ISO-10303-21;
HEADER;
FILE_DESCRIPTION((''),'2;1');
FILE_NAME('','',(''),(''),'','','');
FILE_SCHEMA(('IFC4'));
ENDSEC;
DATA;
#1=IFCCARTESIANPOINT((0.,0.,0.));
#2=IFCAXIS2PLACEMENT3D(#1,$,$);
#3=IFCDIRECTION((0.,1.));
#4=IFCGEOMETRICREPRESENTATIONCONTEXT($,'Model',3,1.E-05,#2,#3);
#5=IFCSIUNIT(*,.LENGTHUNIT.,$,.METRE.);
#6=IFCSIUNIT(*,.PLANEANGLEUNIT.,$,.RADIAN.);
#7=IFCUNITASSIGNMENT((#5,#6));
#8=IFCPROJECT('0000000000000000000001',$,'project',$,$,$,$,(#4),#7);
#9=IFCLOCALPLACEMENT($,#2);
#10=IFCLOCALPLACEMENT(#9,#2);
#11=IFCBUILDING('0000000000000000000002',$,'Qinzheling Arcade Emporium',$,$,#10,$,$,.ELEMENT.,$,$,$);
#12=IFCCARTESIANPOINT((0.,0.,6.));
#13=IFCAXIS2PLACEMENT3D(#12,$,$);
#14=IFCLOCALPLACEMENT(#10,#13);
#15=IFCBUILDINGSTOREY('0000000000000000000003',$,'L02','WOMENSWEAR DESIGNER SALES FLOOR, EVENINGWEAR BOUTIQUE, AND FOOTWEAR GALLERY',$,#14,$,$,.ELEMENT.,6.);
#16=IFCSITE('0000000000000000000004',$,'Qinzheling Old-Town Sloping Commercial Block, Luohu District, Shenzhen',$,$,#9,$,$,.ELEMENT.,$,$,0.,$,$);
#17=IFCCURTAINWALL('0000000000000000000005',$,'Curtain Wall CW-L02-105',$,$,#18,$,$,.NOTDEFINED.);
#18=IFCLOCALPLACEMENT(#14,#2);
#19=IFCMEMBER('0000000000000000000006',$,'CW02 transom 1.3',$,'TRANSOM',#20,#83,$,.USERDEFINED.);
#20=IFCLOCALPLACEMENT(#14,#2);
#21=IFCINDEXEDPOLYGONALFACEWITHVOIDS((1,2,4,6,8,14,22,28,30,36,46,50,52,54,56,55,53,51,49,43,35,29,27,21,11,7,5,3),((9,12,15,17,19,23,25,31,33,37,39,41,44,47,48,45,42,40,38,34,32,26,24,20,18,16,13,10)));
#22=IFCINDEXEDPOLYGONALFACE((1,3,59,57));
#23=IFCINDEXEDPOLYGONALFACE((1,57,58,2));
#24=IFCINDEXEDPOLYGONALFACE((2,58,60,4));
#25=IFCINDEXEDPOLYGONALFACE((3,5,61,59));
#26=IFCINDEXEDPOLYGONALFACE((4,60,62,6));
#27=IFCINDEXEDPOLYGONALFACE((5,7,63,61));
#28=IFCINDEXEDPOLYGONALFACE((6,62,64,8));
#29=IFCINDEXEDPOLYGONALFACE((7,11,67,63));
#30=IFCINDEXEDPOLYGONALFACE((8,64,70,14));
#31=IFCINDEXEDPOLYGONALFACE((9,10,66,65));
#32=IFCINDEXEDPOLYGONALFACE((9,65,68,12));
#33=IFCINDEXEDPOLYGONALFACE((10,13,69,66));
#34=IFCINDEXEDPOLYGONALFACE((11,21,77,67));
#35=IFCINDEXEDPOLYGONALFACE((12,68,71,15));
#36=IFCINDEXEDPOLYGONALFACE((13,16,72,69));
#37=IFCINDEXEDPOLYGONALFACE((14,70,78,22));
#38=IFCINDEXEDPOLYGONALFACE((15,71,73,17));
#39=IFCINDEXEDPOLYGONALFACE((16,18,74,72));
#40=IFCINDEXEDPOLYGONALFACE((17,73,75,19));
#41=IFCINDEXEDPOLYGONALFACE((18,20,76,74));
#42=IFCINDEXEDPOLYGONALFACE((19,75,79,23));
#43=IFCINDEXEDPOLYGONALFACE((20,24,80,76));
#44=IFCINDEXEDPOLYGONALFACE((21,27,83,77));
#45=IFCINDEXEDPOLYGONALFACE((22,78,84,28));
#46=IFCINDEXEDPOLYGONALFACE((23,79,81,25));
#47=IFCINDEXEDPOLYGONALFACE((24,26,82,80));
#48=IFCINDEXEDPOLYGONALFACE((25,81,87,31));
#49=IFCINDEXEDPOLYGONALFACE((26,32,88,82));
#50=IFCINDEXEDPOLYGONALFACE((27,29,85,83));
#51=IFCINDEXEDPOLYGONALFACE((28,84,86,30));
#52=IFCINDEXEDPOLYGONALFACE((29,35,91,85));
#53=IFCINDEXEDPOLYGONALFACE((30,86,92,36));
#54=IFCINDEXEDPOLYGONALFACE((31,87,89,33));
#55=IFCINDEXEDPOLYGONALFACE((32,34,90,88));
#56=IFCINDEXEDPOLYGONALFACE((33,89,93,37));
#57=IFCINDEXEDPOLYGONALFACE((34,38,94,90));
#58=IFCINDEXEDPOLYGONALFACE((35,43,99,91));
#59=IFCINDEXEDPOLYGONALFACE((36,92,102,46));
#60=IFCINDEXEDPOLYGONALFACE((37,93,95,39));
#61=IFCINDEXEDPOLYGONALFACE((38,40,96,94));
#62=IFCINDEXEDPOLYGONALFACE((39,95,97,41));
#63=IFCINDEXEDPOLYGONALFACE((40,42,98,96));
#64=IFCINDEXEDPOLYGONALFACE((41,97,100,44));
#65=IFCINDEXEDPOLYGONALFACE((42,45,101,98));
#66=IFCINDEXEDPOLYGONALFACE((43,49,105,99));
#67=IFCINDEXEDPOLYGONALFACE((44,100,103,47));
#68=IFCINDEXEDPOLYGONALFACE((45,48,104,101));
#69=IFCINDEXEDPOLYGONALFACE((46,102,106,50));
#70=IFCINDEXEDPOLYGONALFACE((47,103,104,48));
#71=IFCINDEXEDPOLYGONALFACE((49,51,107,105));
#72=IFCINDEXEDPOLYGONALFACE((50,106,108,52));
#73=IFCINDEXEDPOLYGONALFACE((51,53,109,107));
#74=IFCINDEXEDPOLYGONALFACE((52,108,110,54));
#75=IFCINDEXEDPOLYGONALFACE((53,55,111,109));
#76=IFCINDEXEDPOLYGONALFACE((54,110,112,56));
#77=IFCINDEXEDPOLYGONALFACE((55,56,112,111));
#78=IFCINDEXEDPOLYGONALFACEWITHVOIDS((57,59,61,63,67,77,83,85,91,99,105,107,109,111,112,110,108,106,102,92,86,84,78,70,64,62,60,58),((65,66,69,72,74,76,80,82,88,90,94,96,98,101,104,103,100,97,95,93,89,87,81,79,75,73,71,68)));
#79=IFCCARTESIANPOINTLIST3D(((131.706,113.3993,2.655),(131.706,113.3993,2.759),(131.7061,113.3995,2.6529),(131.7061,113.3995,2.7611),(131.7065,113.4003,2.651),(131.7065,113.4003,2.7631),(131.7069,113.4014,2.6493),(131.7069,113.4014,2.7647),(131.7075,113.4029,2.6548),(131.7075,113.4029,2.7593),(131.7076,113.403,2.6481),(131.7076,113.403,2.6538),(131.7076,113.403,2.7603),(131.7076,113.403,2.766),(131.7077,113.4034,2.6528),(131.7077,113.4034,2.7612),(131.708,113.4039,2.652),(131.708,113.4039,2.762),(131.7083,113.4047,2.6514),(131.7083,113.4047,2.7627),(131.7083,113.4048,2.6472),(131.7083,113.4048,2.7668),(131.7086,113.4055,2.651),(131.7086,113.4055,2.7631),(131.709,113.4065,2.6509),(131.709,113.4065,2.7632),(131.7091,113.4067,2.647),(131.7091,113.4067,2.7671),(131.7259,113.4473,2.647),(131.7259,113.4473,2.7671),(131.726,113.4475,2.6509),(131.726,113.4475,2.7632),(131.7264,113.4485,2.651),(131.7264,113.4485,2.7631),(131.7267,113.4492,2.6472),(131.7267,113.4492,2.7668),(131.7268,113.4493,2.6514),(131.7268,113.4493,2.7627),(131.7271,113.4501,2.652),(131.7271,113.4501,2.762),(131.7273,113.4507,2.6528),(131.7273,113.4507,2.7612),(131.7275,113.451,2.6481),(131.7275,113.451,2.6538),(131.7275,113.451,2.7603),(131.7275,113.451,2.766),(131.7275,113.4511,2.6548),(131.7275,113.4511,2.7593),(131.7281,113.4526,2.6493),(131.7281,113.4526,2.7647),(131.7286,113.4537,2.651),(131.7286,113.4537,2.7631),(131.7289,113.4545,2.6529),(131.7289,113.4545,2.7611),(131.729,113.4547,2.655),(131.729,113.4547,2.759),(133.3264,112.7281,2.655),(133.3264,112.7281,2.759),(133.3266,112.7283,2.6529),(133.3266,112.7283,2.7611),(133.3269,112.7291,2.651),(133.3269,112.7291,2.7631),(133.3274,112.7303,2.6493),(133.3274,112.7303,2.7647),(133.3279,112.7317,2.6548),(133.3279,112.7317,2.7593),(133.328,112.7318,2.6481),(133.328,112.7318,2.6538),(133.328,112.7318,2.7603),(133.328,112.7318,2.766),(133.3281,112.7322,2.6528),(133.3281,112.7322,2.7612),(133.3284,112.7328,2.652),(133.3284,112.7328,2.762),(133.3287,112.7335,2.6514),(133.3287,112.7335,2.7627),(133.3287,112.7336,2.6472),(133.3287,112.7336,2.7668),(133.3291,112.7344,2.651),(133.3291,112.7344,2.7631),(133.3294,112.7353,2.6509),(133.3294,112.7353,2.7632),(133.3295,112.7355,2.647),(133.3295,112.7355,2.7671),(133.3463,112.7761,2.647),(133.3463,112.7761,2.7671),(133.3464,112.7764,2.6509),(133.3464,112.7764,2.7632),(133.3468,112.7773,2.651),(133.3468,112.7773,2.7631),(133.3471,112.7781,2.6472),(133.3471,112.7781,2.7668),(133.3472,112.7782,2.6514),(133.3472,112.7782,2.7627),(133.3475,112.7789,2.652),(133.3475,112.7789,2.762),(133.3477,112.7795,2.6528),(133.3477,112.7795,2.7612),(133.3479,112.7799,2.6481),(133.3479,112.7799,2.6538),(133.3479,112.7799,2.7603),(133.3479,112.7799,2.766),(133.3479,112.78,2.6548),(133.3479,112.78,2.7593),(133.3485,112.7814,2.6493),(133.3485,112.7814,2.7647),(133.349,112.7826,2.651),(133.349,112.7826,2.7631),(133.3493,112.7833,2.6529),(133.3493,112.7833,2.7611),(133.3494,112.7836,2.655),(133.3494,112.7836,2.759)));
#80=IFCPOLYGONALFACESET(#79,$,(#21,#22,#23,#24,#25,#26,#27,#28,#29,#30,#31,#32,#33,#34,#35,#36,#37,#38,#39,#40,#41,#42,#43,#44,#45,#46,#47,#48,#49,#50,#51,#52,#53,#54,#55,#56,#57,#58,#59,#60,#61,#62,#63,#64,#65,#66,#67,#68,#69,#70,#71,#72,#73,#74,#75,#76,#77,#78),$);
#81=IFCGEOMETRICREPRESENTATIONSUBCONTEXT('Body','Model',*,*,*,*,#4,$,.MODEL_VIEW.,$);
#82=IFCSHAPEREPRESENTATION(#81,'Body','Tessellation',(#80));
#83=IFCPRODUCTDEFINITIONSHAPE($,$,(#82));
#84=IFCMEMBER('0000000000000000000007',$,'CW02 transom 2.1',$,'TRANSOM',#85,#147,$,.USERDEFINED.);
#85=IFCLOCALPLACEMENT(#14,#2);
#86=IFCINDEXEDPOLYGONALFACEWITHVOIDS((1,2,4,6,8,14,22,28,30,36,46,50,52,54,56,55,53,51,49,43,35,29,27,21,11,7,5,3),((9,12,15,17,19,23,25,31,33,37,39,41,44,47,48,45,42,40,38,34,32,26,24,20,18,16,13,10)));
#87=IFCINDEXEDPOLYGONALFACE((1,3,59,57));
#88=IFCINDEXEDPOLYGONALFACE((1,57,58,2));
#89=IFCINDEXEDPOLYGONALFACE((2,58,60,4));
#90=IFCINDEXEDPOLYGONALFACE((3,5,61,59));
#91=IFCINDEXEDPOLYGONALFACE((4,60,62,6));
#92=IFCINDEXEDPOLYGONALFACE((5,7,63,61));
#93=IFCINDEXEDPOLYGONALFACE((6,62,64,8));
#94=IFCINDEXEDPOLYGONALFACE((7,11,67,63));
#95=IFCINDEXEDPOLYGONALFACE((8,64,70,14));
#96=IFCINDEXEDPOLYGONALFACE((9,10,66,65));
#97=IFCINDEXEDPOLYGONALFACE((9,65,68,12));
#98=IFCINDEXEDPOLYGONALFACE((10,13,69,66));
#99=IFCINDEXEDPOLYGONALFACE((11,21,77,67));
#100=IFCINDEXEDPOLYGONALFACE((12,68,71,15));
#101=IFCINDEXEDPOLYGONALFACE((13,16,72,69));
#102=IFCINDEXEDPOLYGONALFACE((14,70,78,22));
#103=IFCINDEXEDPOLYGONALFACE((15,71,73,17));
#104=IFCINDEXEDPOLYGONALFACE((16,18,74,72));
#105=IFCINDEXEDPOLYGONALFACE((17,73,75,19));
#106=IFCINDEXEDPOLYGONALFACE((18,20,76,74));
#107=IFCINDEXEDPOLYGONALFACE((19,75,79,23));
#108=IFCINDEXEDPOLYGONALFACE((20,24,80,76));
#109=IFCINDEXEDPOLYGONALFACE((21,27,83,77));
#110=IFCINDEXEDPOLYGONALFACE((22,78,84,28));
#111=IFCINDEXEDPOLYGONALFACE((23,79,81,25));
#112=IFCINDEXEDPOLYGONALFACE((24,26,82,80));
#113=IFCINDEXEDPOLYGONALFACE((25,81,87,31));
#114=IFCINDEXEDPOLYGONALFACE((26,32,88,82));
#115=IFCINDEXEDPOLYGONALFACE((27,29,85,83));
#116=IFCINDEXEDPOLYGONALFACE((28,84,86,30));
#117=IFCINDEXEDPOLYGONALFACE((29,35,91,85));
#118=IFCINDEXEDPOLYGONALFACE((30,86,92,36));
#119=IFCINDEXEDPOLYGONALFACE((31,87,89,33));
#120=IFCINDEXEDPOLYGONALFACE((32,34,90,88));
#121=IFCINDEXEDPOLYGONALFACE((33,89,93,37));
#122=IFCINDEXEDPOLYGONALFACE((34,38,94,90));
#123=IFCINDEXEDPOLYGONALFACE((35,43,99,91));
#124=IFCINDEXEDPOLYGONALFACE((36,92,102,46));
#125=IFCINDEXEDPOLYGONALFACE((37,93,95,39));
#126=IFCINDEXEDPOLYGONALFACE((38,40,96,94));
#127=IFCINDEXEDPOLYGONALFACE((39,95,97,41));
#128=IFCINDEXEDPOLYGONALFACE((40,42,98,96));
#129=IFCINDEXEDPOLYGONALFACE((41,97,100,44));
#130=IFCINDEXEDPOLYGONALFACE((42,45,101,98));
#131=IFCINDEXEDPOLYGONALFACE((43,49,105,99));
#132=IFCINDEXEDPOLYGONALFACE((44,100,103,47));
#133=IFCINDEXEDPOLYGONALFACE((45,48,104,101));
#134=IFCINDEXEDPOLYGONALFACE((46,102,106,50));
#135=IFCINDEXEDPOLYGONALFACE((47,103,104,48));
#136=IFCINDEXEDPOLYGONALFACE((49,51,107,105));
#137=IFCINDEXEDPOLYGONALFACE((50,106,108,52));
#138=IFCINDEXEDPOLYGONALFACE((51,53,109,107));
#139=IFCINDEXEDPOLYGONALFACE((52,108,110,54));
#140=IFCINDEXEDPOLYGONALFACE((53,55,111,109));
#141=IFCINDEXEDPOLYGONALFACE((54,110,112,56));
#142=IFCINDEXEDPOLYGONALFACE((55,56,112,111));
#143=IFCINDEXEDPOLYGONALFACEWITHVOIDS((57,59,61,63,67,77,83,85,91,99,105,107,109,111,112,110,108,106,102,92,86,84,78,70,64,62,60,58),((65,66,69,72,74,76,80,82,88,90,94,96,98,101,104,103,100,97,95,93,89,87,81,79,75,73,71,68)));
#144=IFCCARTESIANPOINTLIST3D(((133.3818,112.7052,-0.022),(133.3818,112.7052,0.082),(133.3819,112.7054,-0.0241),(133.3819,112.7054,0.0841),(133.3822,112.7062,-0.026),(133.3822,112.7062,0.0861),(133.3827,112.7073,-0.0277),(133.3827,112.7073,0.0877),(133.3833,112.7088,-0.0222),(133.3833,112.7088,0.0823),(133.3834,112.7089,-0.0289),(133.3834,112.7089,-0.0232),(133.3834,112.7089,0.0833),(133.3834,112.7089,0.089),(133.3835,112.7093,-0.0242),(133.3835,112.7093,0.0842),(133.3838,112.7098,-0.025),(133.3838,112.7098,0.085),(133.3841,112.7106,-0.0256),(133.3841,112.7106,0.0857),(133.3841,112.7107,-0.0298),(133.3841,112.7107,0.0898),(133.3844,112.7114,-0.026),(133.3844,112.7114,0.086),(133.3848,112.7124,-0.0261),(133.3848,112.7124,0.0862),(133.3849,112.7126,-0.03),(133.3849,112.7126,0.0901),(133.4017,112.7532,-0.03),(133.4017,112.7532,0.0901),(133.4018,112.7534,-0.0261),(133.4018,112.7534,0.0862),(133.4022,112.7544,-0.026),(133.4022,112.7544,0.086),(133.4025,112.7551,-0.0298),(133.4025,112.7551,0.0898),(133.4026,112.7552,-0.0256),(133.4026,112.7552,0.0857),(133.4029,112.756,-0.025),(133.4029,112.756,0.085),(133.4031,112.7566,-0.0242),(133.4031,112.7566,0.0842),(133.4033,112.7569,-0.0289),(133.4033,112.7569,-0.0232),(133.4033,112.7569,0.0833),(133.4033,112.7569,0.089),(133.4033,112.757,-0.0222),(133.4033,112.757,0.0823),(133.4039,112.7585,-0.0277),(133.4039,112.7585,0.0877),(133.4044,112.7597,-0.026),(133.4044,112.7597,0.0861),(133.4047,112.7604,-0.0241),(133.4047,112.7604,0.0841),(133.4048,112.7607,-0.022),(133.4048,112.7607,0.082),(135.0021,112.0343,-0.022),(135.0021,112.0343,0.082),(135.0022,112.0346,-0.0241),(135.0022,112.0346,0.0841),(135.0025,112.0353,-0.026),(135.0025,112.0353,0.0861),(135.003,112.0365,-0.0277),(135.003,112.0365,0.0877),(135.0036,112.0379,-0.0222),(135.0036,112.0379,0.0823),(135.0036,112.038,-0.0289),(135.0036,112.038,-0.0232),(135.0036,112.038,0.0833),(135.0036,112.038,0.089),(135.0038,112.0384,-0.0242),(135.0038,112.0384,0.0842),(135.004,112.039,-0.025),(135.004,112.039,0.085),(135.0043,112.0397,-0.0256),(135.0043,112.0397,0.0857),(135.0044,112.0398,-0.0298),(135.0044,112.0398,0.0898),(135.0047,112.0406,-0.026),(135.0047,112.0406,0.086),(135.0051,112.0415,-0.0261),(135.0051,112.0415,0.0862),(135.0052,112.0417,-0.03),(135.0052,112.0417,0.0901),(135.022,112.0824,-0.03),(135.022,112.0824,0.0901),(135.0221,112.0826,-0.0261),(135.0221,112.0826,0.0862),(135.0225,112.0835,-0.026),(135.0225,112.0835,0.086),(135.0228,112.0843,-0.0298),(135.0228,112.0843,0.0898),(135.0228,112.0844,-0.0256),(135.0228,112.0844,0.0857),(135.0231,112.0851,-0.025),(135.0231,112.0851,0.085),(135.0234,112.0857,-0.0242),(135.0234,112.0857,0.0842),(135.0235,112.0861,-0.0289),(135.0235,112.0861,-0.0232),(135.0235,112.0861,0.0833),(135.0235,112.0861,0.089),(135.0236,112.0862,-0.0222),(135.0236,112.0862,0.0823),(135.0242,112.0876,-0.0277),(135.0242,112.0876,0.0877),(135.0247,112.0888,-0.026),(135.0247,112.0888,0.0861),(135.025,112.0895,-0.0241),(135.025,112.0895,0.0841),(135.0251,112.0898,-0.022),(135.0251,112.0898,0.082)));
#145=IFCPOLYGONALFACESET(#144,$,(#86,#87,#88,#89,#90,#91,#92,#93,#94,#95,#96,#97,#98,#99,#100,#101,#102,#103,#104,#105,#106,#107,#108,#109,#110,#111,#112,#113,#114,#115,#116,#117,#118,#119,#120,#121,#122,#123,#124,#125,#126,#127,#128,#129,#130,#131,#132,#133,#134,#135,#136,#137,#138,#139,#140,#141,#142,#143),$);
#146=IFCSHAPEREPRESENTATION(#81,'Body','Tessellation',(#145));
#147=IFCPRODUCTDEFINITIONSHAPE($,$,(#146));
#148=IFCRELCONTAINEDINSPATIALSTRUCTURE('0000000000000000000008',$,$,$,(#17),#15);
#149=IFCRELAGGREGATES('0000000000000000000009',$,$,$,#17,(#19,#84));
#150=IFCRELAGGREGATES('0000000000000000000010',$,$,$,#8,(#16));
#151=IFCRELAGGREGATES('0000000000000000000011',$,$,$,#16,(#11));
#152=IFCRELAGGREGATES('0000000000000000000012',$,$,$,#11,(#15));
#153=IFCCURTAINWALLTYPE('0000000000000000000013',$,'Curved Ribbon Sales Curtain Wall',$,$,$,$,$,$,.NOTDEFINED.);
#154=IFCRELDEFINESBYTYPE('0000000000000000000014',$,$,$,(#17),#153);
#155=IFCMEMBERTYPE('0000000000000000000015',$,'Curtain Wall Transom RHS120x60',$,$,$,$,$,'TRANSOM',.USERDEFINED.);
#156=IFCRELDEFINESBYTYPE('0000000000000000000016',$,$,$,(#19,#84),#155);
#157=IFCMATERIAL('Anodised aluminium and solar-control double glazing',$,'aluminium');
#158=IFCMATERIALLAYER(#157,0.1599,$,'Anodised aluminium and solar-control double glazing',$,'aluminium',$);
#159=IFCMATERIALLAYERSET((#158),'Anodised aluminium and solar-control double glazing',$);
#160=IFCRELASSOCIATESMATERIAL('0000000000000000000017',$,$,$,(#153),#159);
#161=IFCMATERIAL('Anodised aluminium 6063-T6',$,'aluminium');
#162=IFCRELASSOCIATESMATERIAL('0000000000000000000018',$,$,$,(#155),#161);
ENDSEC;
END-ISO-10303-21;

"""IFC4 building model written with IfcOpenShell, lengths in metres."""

from ifc_helpers import new_model, si_unit, direction, frame, origin, origin_2d, place, context, subcontext, project, spatial, hollow_rectangle, extrude, material, layer, layer_set, material_profile, profile_set, type_object, element, aggregate, save


model = new_model("IFC4")

# Units and contexts
model_context = context("Model", 3, precision=1e-05, world=origin(), true_north=direction((0.0, 1.0)))
body_context = subcontext(model_context, "Body", "Model", "MODEL_VIEW")
ifc_project = project(units=[si_unit("LENGTHUNIT", "METRE"), si_unit("PLANEANGLEUNIT", "RADIAN")], contexts=[model_context])

# Site, building, storey
site_placement = place(None, origin())
site = spatial("IfcSite", under=ifc_project, at=site_placement, Name="Qinzheling Old-Town Sloping Commercial Block, Luohu District, Shenzhen", CompositionType="ELEMENT", RefElevation=0.0)
building_placement = place(site_placement, origin())
building = spatial("IfcBuilding", under=site, at=building_placement, Name="Qinzheling Arcade Emporium", CompositionType="ELEMENT")
storey_placement = place(building_placement, frame((0.0, 0.0, 6.0)))
storey = spatial("IfcBuildingStorey", under=building, at=storey_placement, Name="L02", Description="WOMENSWEAR DESIGNER SALES FLOOR, EVENINGWEAR BOUTIQUE, AND FOOTWEAR GALLERY", CompositionType="ELEMENT", Elevation=6.0)

# Curtain wall
ifc_material_1 = material(Name="Anodised aluminium and solar-control double glazing", Category="aluminium")
ifc_layer_1 = layer(ifc_material_1, 0.1599, Name="Anodised aluminium and solar-control double glazing", Category="aluminium")
ifc_layer_set_1 = layer_set([ifc_layer_1], Name="Anodised aluminium and solar-control double glazing")
curtain_wall_type = type_object("IfcCurtainWallType", Name="Curved Ribbon Sales Curtain Wall", PredefinedType="NOTDEFINED", material=ifc_layer_set_1)
curtain_wall_1_placement = place(storey_placement, origin())
curtain_wall_1 = element("IfcCurtainWall", 1, at=curtain_wall_1_placement, inside=storey, type_object=curtain_wall_type, Name="Curtain Wall CW-L02-105", PredefinedType="NOTDEFINED")
ifc_material_2 = material(Name="Anodised aluminium 6063-T6", Category="aluminium")

# Members
ifc_material_profile_1 = material_profile(ifc_material_2, hollow_rectangle(XDim=0.0601, YDim=0.1201, WallThickness=0.0039, InnerFilletRadius=0.0039, OuterFilletRadius=0.0081, at=origin_2d()), Name="RHS 120x60x4", Category="aluminium")
ifc_profile_set_1 = profile_set([ifc_material_profile_1], Name="Anodised aluminium 6063-T6")
member_type_1 = type_object("IfcMemberType", Name="Curtain Wall Transom RHS120x60", ElementType="TRANSOM", PredefinedType="USERDEFINED", material=ifc_profile_set_1)
member_1_placement = place(storey_placement, frame((131.7175, 113.427, 2.707), z_axis=(0.923886, -0.382667, 0.0), x_axis=(0.382667, 0.923886, 0.0)))
member_1 = element("IfcMember", 2, at=member_1_placement, type_object=member_type_1, Name="CW02 transom 1.3", ObjectType="TRANSOM", PredefinedType="USERDEFINED", context=body_context, shape_type="SweptSolid", body=[
    extrude(hollow_rectangle(XDim=0.0601, YDim=0.1201, WallThickness=0.0039, InnerFilletRadius=0.0039, OuterFilletRadius=0.0081, at=origin_2d()), origin(), (0.0, 0.0, 1.0), 1.7539),
])
member_2_placement = place(storey_placement, frame((133.3933, 112.7329, 0.03), z_axis=(0.923935, -0.382549, 0.0), x_axis=(0.382549, 0.923935, 0.0)))
member_2 = element("IfcMember", 3, at=member_2_placement, type_object=member_type_1, Name="CW02 transom 2.1", ObjectType="TRANSOM", PredefinedType="USERDEFINED", context=body_context, shape_type="SweptSolid", body=[
    extrude(hollow_rectangle(XDim=0.0601, YDim=0.1201, WallThickness=0.0039, InnerFilletRadius=0.0039, OuterFilletRadius=0.0081, at=origin_2d()), origin(), (0.0, 0.0, 1.0), 1.7537),
])

aggregate(curtain_wall_1, [member_1, member_2])

save(model, "model.ifc")
